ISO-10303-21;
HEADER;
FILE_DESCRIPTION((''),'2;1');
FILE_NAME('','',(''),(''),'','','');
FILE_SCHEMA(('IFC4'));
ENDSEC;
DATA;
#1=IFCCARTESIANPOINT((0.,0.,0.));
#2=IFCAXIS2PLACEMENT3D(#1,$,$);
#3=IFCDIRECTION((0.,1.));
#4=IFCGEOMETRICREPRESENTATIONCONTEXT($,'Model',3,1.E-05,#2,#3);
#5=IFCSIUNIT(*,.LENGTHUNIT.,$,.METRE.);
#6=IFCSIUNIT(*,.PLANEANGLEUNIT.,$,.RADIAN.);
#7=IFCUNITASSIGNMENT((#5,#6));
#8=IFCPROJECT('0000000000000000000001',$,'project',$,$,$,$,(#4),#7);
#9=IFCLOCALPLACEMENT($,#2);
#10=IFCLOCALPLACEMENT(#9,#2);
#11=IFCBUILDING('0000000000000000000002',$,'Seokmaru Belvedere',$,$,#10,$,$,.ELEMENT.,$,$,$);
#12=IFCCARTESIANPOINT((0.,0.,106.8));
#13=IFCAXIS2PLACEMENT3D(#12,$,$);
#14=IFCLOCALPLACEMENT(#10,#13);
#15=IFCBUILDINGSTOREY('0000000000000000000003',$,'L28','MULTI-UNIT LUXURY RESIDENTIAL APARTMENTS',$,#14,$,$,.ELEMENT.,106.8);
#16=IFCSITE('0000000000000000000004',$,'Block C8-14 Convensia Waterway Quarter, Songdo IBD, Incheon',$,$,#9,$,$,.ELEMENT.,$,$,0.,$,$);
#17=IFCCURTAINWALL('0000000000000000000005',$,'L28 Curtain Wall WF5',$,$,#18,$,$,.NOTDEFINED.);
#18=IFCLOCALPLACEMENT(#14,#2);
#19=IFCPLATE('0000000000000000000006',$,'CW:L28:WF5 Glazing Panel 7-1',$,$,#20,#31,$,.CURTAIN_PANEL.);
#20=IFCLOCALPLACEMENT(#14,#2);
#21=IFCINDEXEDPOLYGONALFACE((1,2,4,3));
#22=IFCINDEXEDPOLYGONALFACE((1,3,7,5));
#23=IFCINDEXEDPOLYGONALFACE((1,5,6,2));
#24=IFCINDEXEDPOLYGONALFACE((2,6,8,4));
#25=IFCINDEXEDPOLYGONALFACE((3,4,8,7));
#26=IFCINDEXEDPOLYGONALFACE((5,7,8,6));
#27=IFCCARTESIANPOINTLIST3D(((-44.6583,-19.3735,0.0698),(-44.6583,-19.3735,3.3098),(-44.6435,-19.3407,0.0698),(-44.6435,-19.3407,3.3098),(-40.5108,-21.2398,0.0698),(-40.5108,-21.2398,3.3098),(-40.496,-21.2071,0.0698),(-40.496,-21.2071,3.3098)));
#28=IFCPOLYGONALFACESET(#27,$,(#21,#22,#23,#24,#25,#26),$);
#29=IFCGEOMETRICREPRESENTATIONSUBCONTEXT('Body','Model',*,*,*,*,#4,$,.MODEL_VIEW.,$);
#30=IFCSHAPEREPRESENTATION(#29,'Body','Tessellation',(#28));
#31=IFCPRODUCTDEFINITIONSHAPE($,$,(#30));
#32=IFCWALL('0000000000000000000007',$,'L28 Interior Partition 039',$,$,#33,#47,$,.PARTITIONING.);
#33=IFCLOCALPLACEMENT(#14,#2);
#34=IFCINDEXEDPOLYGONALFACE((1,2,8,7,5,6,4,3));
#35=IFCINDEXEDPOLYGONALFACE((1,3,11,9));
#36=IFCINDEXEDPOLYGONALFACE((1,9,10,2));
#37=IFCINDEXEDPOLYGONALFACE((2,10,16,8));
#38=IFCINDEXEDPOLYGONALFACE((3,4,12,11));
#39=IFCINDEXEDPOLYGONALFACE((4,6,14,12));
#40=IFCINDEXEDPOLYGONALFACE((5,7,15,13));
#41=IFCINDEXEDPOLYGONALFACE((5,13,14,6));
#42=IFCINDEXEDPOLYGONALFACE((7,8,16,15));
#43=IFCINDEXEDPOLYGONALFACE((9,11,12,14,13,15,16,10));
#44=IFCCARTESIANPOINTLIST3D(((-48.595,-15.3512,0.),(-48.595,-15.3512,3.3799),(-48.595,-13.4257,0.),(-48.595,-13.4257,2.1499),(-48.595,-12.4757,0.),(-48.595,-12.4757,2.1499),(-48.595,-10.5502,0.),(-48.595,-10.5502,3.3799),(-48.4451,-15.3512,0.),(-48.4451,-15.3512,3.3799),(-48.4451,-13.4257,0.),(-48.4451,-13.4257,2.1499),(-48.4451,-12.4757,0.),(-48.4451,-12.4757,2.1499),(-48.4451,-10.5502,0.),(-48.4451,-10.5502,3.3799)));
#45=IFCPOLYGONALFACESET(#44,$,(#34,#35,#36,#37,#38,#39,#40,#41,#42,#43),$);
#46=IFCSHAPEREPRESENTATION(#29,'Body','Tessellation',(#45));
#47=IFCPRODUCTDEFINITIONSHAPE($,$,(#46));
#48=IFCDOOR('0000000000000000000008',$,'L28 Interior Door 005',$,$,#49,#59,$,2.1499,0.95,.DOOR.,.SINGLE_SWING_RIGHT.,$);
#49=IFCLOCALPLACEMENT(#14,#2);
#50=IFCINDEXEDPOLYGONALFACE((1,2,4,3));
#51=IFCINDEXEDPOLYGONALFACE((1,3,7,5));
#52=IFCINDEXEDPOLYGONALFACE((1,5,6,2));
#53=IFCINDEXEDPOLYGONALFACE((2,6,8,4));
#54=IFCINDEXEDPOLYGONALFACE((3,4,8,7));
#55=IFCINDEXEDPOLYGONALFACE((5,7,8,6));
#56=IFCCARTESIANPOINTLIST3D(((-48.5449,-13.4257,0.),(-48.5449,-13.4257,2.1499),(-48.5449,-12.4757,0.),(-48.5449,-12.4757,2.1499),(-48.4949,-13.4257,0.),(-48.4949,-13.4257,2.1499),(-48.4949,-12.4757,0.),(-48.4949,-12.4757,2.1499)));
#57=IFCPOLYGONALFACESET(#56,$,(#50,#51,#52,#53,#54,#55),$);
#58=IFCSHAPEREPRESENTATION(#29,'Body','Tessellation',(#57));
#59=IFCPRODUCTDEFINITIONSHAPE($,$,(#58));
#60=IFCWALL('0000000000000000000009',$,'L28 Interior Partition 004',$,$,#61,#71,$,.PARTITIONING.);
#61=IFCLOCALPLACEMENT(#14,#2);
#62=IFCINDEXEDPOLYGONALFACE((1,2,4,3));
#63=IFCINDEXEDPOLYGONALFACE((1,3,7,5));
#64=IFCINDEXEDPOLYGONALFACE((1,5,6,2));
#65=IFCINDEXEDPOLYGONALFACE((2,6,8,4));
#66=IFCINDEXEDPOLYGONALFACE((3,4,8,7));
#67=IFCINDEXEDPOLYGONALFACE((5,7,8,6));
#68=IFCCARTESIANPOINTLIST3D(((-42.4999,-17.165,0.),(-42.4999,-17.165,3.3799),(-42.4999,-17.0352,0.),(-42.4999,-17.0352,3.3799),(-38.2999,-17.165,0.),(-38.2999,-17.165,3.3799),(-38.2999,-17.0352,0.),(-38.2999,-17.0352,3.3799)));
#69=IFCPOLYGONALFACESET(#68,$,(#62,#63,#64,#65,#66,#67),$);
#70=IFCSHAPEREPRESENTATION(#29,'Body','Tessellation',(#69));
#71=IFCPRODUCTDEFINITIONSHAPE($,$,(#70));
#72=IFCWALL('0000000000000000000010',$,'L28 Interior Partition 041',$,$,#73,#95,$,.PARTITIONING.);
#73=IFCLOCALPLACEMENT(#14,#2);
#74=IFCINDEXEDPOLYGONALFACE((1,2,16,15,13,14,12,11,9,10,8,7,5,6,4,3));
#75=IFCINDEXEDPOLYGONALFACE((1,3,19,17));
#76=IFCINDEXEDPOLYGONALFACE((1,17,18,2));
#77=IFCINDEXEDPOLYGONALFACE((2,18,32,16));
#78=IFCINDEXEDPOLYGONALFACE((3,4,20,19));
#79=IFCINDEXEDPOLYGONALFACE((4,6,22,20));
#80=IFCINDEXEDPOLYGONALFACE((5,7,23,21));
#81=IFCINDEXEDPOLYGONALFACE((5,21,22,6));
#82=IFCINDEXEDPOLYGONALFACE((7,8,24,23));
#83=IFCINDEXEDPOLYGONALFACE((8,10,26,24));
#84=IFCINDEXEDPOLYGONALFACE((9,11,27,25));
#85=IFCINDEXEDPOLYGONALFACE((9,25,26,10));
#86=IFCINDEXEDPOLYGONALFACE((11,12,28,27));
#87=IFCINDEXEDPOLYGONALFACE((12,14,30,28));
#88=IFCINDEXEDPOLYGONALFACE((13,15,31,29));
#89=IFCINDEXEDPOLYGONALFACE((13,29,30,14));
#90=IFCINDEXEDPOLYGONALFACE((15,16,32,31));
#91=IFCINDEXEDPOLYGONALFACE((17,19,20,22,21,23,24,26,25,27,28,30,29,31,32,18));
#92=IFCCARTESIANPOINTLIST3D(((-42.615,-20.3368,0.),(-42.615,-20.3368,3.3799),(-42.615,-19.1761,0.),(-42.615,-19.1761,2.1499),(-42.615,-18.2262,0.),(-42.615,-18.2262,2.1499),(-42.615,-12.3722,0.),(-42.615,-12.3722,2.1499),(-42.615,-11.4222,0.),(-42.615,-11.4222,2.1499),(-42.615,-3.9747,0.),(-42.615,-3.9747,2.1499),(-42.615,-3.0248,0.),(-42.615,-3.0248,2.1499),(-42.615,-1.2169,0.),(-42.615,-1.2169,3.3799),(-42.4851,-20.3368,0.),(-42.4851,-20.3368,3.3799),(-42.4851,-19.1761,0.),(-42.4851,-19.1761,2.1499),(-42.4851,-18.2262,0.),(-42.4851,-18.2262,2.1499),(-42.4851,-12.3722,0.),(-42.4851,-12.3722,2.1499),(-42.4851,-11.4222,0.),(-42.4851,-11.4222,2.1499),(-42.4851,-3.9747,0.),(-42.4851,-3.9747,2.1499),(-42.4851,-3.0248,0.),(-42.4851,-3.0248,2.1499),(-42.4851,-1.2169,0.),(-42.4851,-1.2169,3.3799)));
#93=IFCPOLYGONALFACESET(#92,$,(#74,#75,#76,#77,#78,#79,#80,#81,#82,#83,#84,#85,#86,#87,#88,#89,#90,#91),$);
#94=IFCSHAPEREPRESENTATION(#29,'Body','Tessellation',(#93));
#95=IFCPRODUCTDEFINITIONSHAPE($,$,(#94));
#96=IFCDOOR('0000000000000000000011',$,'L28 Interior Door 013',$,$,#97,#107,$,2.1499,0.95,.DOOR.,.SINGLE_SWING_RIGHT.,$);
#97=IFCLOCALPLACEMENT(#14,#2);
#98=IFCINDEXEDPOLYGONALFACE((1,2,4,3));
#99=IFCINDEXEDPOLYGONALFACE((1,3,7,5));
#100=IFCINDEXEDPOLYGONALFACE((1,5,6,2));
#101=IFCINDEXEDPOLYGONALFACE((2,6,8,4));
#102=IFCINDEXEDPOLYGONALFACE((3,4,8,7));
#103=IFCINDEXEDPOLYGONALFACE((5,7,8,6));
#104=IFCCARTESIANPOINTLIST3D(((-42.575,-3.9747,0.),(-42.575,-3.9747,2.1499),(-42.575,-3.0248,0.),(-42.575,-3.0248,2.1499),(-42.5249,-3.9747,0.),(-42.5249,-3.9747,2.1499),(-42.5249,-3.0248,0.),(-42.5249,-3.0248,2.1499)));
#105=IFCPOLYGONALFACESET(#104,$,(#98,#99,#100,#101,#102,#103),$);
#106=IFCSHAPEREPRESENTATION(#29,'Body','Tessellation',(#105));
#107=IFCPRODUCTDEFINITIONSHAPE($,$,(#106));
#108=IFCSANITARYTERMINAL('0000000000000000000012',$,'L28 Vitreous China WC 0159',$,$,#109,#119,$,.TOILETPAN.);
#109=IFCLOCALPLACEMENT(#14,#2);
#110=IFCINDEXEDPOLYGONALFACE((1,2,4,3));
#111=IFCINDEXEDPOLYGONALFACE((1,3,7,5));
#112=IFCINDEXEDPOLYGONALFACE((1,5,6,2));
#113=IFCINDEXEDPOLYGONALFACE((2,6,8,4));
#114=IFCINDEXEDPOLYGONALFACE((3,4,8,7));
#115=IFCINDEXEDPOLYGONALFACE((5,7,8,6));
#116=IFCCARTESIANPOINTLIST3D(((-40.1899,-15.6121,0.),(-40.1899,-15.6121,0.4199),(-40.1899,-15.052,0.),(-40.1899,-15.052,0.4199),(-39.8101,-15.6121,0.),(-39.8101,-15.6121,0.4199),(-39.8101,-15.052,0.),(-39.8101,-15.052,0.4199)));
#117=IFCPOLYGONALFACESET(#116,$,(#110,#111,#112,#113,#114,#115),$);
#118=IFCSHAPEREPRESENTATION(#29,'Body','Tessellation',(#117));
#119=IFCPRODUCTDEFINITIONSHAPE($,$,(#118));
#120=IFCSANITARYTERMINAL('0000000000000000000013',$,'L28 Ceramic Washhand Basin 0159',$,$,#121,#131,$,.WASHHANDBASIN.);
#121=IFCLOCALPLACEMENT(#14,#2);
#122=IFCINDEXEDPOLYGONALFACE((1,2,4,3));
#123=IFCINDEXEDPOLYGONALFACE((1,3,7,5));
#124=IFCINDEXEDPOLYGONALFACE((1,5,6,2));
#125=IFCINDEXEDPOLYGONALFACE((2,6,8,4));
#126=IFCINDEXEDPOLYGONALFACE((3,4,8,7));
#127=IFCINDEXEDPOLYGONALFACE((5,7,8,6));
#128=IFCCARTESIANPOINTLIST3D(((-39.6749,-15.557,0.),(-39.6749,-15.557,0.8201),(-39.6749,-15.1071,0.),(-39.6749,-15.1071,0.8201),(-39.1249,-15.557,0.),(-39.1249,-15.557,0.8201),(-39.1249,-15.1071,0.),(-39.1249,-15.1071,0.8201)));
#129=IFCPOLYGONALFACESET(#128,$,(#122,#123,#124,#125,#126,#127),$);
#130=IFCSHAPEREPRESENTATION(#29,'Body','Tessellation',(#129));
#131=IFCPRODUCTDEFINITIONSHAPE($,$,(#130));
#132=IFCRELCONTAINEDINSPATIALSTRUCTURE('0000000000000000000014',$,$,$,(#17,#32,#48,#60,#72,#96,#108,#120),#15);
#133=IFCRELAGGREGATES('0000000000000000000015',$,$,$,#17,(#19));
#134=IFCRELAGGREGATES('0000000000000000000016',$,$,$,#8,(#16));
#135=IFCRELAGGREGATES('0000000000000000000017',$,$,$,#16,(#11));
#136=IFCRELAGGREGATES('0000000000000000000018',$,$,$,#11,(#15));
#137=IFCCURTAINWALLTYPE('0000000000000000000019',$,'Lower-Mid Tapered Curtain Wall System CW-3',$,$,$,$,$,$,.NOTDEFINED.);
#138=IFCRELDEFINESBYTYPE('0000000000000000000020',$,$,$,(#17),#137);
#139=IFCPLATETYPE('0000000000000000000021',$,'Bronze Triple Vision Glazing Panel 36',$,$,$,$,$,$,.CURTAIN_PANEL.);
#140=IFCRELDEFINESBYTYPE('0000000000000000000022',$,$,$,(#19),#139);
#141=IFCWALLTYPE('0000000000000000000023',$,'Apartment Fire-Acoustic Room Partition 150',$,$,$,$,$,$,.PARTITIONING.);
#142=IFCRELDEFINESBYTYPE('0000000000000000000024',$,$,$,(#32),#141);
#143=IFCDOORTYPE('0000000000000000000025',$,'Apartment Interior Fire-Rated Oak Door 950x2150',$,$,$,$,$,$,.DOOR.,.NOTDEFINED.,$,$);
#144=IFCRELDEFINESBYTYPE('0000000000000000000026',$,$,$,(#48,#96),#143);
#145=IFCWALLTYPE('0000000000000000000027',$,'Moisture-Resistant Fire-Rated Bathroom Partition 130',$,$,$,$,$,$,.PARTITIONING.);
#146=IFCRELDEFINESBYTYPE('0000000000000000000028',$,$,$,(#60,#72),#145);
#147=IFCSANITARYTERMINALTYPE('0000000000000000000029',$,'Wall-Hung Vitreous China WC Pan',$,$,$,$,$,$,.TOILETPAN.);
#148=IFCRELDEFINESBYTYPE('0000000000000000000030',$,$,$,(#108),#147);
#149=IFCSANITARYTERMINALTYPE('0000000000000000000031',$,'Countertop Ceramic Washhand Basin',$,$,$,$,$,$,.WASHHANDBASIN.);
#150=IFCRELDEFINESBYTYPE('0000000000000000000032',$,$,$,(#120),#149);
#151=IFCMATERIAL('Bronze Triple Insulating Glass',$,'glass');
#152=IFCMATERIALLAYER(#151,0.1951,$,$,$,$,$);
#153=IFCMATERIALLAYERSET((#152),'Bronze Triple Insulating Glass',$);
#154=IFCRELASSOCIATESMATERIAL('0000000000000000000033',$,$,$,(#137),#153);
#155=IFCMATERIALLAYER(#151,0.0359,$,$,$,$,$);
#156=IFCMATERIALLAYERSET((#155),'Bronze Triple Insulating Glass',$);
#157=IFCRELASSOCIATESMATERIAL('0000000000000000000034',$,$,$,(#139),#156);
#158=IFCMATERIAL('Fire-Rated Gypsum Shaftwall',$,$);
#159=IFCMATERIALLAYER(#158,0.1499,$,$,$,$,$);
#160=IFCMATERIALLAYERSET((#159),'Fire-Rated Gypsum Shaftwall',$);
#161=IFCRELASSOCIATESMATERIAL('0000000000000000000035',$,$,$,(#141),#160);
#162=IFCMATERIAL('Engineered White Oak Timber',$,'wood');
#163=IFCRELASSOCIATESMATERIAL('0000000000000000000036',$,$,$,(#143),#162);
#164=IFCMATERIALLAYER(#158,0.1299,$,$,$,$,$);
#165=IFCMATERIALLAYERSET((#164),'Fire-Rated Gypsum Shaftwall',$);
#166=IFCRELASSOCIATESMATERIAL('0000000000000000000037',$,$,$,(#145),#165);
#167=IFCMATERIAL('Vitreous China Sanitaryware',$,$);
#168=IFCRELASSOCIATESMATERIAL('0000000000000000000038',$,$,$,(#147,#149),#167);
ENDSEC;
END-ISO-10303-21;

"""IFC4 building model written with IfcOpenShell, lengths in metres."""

from ifc_helpers import new_model, si_unit, direction, frame, frame_2d, origin, origin_2d, place, context, subcontext, project, spatial, rectangle, extrude, source, transform, mapped, material, layer, layer_set, type_object, type_shapes, element, fill, aggregate, save


model = new_model("IFC4")

# Units and contexts
model_context = context("Model", 3, precision=1e-05, world=origin(), true_north=direction((0.0, 1.0)))
body_context = subcontext(model_context, "Body", "Model", "MODEL_VIEW")
ifc_project = project(units=[si_unit("LENGTHUNIT", "METRE"), si_unit("PLANEANGLEUNIT", "RADIAN")], contexts=[model_context])

# Site, building, storey
site_placement = place(None, origin())
site = spatial("IfcSite", under=ifc_project, at=site_placement, Name="Block C8-14 Convensia Waterway Quarter, Songdo IBD, Incheon", CompositionType="ELEMENT", RefElevation=0.0)
building_placement = place(site_placement, origin())
building = spatial("IfcBuilding", under=site, at=building_placement, Name="Seokmaru Belvedere", CompositionType="ELEMENT")
storey_placement = place(building_placement, frame((0.0, 0.0, 106.8)))
storey = spatial("IfcBuildingStorey", under=building, at=storey_placement, Name="L28", Description="MULTI-UNIT LUXURY RESIDENTIAL APARTMENTS", CompositionType="ELEMENT", Elevation=106.8)

# Curtain wall, plate
ifc_material_1 = material(Name="Bronze Triple Insulating Glass", Category="glass")
ifc_layer_1 = layer(ifc_material_1, 0.1951)
ifc_layer_set_1 = layer_set([ifc_layer_1], Name="Bronze Triple Insulating Glass")
curtain_wall_type = type_object("IfcCurtainWallType", Name="Lower-Mid Tapered Curtain Wall System CW-3", PredefinedType="NOTDEFINED", material=ifc_layer_set_1)
curtain_wall_placement = place(storey_placement, origin())
curtain_wall = element("IfcCurtainWall", 1, at=curtain_wall_placement, inside=storey, type_object=curtain_wall_type, Name="L28 Curtain Wall WF5", PredefinedType="NOTDEFINED")
ifc_layer_2 = layer(ifc_material_1, 0.0359)
ifc_layer_set_2 = layer_set([ifc_layer_2], Name="Bronze Triple Insulating Glass")
plate_type = type_object("IfcPlateType", Name="Bronze Triple Vision Glazing Panel 36", PredefinedType="CURTAIN_PANEL", material=ifc_layer_set_2)
shared_shape_1 = source(origin(), body_context, "Body", "SweptSolid", [
    extrude(rectangle(XDim=4.5481, YDim=0.0359, at=origin_2d()), origin(), (0.0, 0.0, 1.0), 3.24),
])
type_shapes(plate_type, [shared_shape_1])
plate_1_placement = place(storey_placement, frame((-42.5771, -20.2903, 0.0698), z_axis=(0.0, 0.0, 1.0), x_axis=(0.911921, -0.410366, 0.0)))
plate_1 = element("IfcPlate", 2, at=plate_1_placement, type_object=plate_type, Name="CW:L28:WF5 Glazing Panel 7-1", PredefinedType="CURTAIN_PANEL", context=body_context, shape_type="MappedRepresentation", body=[
    mapped(shared_shape_1, transform((0.0, 0.0, 0.0), scale=1.0)),
])
aggregate(curtain_wall, [plate_1])

# Wall, opening, door
ifc_material_2 = material(Name="Fire-Rated Gypsum Shaftwall")
ifc_layer_3 = layer(ifc_material_2, 0.1499)
ifc_layer_set_3 = layer_set([ifc_layer_3], Name="Fire-Rated Gypsum Shaftwall")
wall_type_1 = type_object("IfcWallType", Name="Apartment Fire-Acoustic Room Partition 150", PredefinedType="PARTITIONING", material=ifc_layer_set_3)
wall_1_placement = place(storey_placement, frame((-48.52, -15.3511, 0.0), z_axis=(0.0, 0.0, 1.0), x_axis=(0.0, 1.0, 0.0)))
wall_1 = element("IfcWall", 3, at=wall_1_placement, inside=storey, type_object=wall_type_1, Name="L28 Interior Partition 039", PredefinedType="PARTITIONING", context=body_context, shape_type="SweptSolid", body=[
    extrude(rectangle(XDim=4.801, YDim=0.1499, at=frame_2d((2.4004, 0.0))), origin(), (0.0, 0.0, 1.0), 3.3799),
])
opening_1_placement = place(wall_1_placement, frame((1.9253, 0.0, 0.0)))
opening_1 = element("IfcOpeningElement", 4, at=opening_1_placement, cuts=wall_1, PredefinedType="OPENING", context=body_context, shape_type="SweptSolid", body=[
    extrude(rectangle(XDim=0.95, YDim=2.1499, at=frame_2d((0.4751, 1.075))), frame((0.0, 0.085, 0.0), z_axis=(0.0, -1.0, 0.0), x_axis=(1.0, 0.0, 0.0)), (0.0, 0.0, 1.0), 0.1699),
])
ifc_material_3 = material(Name="Engineered White Oak Timber", Category="wood")
door_type = type_object("IfcDoorType", Name="Apartment Interior Fire-Rated Oak Door 950x2150", OperationType="NOTDEFINED", PredefinedType="DOOR", material=ifc_material_3)
shared_shape_2 = source(origin(), body_context, "Body", "SweptSolid", [
    extrude(rectangle(XDim=0.95, YDim=2.1499, at=frame_2d((0.4751, 1.075))), frame((0.0, 0.0249, 0.0), z_axis=(0.0, -1.0, 0.0), x_axis=(1.0, 0.0, 0.0)), (0.0, 0.0, 1.0), 0.05),
])
type_shapes(door_type, [shared_shape_2])
door_1_placement = place(opening_1_placement, origin())
door_1 = element("IfcDoor", 5, at=door_1_placement, inside=storey, type_object=door_type, Name="L28 Interior Door 005", OperationType="SINGLE_SWING_RIGHT", OverallHeight=2.1499, OverallWidth=0.95, PredefinedType="DOOR", context=body_context, shape_type="MappedRepresentation", body=[
    mapped(shared_shape_2, transform((0.0, 0.0, 0.0), scale=1.0)),
])
fill(opening_1, door_1)

# Wall
ifc_layer_4 = layer(ifc_material_2, 0.1299)
ifc_layer_set_4 = layer_set([ifc_layer_4], Name="Fire-Rated Gypsum Shaftwall")
wall_type_2 = type_object("IfcWallType", Name="Moisture-Resistant Fire-Rated Bathroom Partition 130", PredefinedType="PARTITIONING", material=ifc_layer_set_4)
wall_2_placement = place(storey_placement, frame((-42.5, -17.1001, 0.0), z_axis=(0.0, 0.0, 1.0), x_axis=(1.0, 0.0, 0.0)))
element("IfcWall", 6, at=wall_2_placement, inside=storey, type_object=wall_type_2, Name="L28 Interior Partition 004", PredefinedType="PARTITIONING", context=body_context, shape_type="SweptSolid", body=[
    extrude(rectangle(XDim=4.2, YDim=0.1299, at=frame_2d((2.1001, 0.0))), origin(), (0.0, 0.0, 1.0), 3.3799),
])

# Wall, openings, door
wall_3_placement = place(storey_placement, frame((-42.55, -20.3369, 0.0), z_axis=(0.0, 0.0, 1.0), x_axis=(0.0, 1.0, 0.0)))
wall_3 = element("IfcWall", 7, at=wall_3_placement, inside=storey, type_object=wall_type_2, Name="L28 Interior Partition 041", PredefinedType="PARTITIONING", context=body_context, shape_type="SweptSolid", body=[
    extrude(rectangle(XDim=19.1199, YDim=0.1299, at=frame_2d((9.5601, 0.0))), origin(), (0.0, 0.0, 1.0), 3.3799),
])
opening_2_placement = place(wall_3_placement, frame((7.9646, 0.0, 0.0)))
element("IfcOpeningElement", 8, at=opening_2_placement, cuts=wall_3, PredefinedType="OPENING", context=body_context, shape_type="SweptSolid", body=[
    extrude(rectangle(XDim=0.95, YDim=2.1499, at=frame_2d((0.4751, 1.075))), frame((0.0, 0.075, 0.0), z_axis=(0.0, -1.0, 0.0), x_axis=(1.0, 0.0, 0.0)), (0.0, 0.0, 1.0), 0.1499),
])
opening_3_placement = place(wall_3_placement, frame((1.1606, 0.0, 0.0)))
element("IfcOpeningElement", 9, at=opening_3_placement, cuts=wall_3, PredefinedType="OPENING", context=body_context, shape_type="SweptSolid", body=[
    extrude(rectangle(XDim=0.95, YDim=2.1499, at=frame_2d((0.4751, 1.075))), frame((0.0, 0.075, 0.0), z_axis=(0.0, -1.0, 0.0), x_axis=(1.0, 0.0, 0.0)), (0.0, 0.0, 1.0), 0.1499),
])
opening_4_placement = place(wall_3_placement, frame((16.3621, 0.0, 0.0)))
opening_4 = element("IfcOpeningElement", 10, at=opening_4_placement, cuts=wall_3, PredefinedType="OPENING", context=body_context, shape_type="SweptSolid", body=[
    extrude(rectangle(XDim=0.95, YDim=2.1499, at=frame_2d((0.4751, 1.075))), frame((0.0, 0.075, 0.0), z_axis=(0.0, -1.0, 0.0), x_axis=(1.0, 0.0, 0.0)), (0.0, 0.0, 1.0), 0.1499),
])
door_2_placement = place(opening_4_placement, origin())
door_2 = element("IfcDoor", 11, at=door_2_placement, inside=storey, type_object=door_type, Name="L28 Interior Door 013", OperationType="SINGLE_SWING_RIGHT", OverallHeight=2.1499, OverallWidth=0.95, PredefinedType="DOOR", context=body_context, shape_type="MappedRepresentation", body=[
    mapped(shared_shape_2, transform((0.0, 0.0, 0.0), scale=1.0)),
])
fill(opening_4, door_2)

# Sanitary terminals
ifc_material_4 = material(Name="Vitreous China Sanitaryware")
sanitary_terminal_type_1 = type_object("IfcSanitaryTerminalType", Name="Wall-Hung Vitreous China WC Pan", PredefinedType="TOILETPAN", material=ifc_material_4)
shared_shape_3 = source(origin(), body_context, "Body", "SweptSolid", [
    extrude(rectangle(XDim=0.3799, YDim=0.5601, at=origin_2d()), origin(), (0.0, 0.0, 1.0), 0.4199),
])
type_shapes(sanitary_terminal_type_1, [shared_shape_3])
sanitary_terminal_1_placement = place(storey_placement, frame((-40.0, -15.332, 0.0), z_axis=(0.0, 0.0, 1.0), x_axis=(1.0, 0.0, 0.0)))
element("IfcSanitaryTerminal", 12, at=sanitary_terminal_1_placement, inside=storey, type_object=sanitary_terminal_type_1, Name="L28 Vitreous China WC 0159", PredefinedType="TOILETPAN", context=body_context, shape_type="MappedRepresentation", body=[
    mapped(shared_shape_3, transform((0.0, 0.0, 0.0), scale=1.0)),
])
sanitary_terminal_type_2 = type_object("IfcSanitaryTerminalType", Name="Countertop Ceramic Washhand Basin", PredefinedType="WASHHANDBASIN", material=ifc_material_4)
shared_shape_4 = source(origin(), body_context, "Body", "SweptSolid", [
    extrude(rectangle(XDim=0.55, YDim=0.45, at=origin_2d()), origin(), (0.0, 0.0, 1.0), 0.8201),
])
type_shapes(sanitary_terminal_type_2, [shared_shape_4])
sanitary_terminal_2_placement = place(storey_placement, frame((-39.3999, -15.332, 0.0), z_axis=(0.0, 0.0, 1.0), x_axis=(1.0, 0.0, 0.0)))
element("IfcSanitaryTerminal", 13, at=sanitary_terminal_2_placement, inside=storey, type_object=sanitary_terminal_type_2, Name="L28 Ceramic Washhand Basin 0159", PredefinedType="WASHHANDBASIN", context=body_context, shape_type="MappedRepresentation", body=[
    mapped(shared_shape_4, transform((0.0, 0.0, 0.0), scale=1.0)),
])

save(model, "model.ifc")
